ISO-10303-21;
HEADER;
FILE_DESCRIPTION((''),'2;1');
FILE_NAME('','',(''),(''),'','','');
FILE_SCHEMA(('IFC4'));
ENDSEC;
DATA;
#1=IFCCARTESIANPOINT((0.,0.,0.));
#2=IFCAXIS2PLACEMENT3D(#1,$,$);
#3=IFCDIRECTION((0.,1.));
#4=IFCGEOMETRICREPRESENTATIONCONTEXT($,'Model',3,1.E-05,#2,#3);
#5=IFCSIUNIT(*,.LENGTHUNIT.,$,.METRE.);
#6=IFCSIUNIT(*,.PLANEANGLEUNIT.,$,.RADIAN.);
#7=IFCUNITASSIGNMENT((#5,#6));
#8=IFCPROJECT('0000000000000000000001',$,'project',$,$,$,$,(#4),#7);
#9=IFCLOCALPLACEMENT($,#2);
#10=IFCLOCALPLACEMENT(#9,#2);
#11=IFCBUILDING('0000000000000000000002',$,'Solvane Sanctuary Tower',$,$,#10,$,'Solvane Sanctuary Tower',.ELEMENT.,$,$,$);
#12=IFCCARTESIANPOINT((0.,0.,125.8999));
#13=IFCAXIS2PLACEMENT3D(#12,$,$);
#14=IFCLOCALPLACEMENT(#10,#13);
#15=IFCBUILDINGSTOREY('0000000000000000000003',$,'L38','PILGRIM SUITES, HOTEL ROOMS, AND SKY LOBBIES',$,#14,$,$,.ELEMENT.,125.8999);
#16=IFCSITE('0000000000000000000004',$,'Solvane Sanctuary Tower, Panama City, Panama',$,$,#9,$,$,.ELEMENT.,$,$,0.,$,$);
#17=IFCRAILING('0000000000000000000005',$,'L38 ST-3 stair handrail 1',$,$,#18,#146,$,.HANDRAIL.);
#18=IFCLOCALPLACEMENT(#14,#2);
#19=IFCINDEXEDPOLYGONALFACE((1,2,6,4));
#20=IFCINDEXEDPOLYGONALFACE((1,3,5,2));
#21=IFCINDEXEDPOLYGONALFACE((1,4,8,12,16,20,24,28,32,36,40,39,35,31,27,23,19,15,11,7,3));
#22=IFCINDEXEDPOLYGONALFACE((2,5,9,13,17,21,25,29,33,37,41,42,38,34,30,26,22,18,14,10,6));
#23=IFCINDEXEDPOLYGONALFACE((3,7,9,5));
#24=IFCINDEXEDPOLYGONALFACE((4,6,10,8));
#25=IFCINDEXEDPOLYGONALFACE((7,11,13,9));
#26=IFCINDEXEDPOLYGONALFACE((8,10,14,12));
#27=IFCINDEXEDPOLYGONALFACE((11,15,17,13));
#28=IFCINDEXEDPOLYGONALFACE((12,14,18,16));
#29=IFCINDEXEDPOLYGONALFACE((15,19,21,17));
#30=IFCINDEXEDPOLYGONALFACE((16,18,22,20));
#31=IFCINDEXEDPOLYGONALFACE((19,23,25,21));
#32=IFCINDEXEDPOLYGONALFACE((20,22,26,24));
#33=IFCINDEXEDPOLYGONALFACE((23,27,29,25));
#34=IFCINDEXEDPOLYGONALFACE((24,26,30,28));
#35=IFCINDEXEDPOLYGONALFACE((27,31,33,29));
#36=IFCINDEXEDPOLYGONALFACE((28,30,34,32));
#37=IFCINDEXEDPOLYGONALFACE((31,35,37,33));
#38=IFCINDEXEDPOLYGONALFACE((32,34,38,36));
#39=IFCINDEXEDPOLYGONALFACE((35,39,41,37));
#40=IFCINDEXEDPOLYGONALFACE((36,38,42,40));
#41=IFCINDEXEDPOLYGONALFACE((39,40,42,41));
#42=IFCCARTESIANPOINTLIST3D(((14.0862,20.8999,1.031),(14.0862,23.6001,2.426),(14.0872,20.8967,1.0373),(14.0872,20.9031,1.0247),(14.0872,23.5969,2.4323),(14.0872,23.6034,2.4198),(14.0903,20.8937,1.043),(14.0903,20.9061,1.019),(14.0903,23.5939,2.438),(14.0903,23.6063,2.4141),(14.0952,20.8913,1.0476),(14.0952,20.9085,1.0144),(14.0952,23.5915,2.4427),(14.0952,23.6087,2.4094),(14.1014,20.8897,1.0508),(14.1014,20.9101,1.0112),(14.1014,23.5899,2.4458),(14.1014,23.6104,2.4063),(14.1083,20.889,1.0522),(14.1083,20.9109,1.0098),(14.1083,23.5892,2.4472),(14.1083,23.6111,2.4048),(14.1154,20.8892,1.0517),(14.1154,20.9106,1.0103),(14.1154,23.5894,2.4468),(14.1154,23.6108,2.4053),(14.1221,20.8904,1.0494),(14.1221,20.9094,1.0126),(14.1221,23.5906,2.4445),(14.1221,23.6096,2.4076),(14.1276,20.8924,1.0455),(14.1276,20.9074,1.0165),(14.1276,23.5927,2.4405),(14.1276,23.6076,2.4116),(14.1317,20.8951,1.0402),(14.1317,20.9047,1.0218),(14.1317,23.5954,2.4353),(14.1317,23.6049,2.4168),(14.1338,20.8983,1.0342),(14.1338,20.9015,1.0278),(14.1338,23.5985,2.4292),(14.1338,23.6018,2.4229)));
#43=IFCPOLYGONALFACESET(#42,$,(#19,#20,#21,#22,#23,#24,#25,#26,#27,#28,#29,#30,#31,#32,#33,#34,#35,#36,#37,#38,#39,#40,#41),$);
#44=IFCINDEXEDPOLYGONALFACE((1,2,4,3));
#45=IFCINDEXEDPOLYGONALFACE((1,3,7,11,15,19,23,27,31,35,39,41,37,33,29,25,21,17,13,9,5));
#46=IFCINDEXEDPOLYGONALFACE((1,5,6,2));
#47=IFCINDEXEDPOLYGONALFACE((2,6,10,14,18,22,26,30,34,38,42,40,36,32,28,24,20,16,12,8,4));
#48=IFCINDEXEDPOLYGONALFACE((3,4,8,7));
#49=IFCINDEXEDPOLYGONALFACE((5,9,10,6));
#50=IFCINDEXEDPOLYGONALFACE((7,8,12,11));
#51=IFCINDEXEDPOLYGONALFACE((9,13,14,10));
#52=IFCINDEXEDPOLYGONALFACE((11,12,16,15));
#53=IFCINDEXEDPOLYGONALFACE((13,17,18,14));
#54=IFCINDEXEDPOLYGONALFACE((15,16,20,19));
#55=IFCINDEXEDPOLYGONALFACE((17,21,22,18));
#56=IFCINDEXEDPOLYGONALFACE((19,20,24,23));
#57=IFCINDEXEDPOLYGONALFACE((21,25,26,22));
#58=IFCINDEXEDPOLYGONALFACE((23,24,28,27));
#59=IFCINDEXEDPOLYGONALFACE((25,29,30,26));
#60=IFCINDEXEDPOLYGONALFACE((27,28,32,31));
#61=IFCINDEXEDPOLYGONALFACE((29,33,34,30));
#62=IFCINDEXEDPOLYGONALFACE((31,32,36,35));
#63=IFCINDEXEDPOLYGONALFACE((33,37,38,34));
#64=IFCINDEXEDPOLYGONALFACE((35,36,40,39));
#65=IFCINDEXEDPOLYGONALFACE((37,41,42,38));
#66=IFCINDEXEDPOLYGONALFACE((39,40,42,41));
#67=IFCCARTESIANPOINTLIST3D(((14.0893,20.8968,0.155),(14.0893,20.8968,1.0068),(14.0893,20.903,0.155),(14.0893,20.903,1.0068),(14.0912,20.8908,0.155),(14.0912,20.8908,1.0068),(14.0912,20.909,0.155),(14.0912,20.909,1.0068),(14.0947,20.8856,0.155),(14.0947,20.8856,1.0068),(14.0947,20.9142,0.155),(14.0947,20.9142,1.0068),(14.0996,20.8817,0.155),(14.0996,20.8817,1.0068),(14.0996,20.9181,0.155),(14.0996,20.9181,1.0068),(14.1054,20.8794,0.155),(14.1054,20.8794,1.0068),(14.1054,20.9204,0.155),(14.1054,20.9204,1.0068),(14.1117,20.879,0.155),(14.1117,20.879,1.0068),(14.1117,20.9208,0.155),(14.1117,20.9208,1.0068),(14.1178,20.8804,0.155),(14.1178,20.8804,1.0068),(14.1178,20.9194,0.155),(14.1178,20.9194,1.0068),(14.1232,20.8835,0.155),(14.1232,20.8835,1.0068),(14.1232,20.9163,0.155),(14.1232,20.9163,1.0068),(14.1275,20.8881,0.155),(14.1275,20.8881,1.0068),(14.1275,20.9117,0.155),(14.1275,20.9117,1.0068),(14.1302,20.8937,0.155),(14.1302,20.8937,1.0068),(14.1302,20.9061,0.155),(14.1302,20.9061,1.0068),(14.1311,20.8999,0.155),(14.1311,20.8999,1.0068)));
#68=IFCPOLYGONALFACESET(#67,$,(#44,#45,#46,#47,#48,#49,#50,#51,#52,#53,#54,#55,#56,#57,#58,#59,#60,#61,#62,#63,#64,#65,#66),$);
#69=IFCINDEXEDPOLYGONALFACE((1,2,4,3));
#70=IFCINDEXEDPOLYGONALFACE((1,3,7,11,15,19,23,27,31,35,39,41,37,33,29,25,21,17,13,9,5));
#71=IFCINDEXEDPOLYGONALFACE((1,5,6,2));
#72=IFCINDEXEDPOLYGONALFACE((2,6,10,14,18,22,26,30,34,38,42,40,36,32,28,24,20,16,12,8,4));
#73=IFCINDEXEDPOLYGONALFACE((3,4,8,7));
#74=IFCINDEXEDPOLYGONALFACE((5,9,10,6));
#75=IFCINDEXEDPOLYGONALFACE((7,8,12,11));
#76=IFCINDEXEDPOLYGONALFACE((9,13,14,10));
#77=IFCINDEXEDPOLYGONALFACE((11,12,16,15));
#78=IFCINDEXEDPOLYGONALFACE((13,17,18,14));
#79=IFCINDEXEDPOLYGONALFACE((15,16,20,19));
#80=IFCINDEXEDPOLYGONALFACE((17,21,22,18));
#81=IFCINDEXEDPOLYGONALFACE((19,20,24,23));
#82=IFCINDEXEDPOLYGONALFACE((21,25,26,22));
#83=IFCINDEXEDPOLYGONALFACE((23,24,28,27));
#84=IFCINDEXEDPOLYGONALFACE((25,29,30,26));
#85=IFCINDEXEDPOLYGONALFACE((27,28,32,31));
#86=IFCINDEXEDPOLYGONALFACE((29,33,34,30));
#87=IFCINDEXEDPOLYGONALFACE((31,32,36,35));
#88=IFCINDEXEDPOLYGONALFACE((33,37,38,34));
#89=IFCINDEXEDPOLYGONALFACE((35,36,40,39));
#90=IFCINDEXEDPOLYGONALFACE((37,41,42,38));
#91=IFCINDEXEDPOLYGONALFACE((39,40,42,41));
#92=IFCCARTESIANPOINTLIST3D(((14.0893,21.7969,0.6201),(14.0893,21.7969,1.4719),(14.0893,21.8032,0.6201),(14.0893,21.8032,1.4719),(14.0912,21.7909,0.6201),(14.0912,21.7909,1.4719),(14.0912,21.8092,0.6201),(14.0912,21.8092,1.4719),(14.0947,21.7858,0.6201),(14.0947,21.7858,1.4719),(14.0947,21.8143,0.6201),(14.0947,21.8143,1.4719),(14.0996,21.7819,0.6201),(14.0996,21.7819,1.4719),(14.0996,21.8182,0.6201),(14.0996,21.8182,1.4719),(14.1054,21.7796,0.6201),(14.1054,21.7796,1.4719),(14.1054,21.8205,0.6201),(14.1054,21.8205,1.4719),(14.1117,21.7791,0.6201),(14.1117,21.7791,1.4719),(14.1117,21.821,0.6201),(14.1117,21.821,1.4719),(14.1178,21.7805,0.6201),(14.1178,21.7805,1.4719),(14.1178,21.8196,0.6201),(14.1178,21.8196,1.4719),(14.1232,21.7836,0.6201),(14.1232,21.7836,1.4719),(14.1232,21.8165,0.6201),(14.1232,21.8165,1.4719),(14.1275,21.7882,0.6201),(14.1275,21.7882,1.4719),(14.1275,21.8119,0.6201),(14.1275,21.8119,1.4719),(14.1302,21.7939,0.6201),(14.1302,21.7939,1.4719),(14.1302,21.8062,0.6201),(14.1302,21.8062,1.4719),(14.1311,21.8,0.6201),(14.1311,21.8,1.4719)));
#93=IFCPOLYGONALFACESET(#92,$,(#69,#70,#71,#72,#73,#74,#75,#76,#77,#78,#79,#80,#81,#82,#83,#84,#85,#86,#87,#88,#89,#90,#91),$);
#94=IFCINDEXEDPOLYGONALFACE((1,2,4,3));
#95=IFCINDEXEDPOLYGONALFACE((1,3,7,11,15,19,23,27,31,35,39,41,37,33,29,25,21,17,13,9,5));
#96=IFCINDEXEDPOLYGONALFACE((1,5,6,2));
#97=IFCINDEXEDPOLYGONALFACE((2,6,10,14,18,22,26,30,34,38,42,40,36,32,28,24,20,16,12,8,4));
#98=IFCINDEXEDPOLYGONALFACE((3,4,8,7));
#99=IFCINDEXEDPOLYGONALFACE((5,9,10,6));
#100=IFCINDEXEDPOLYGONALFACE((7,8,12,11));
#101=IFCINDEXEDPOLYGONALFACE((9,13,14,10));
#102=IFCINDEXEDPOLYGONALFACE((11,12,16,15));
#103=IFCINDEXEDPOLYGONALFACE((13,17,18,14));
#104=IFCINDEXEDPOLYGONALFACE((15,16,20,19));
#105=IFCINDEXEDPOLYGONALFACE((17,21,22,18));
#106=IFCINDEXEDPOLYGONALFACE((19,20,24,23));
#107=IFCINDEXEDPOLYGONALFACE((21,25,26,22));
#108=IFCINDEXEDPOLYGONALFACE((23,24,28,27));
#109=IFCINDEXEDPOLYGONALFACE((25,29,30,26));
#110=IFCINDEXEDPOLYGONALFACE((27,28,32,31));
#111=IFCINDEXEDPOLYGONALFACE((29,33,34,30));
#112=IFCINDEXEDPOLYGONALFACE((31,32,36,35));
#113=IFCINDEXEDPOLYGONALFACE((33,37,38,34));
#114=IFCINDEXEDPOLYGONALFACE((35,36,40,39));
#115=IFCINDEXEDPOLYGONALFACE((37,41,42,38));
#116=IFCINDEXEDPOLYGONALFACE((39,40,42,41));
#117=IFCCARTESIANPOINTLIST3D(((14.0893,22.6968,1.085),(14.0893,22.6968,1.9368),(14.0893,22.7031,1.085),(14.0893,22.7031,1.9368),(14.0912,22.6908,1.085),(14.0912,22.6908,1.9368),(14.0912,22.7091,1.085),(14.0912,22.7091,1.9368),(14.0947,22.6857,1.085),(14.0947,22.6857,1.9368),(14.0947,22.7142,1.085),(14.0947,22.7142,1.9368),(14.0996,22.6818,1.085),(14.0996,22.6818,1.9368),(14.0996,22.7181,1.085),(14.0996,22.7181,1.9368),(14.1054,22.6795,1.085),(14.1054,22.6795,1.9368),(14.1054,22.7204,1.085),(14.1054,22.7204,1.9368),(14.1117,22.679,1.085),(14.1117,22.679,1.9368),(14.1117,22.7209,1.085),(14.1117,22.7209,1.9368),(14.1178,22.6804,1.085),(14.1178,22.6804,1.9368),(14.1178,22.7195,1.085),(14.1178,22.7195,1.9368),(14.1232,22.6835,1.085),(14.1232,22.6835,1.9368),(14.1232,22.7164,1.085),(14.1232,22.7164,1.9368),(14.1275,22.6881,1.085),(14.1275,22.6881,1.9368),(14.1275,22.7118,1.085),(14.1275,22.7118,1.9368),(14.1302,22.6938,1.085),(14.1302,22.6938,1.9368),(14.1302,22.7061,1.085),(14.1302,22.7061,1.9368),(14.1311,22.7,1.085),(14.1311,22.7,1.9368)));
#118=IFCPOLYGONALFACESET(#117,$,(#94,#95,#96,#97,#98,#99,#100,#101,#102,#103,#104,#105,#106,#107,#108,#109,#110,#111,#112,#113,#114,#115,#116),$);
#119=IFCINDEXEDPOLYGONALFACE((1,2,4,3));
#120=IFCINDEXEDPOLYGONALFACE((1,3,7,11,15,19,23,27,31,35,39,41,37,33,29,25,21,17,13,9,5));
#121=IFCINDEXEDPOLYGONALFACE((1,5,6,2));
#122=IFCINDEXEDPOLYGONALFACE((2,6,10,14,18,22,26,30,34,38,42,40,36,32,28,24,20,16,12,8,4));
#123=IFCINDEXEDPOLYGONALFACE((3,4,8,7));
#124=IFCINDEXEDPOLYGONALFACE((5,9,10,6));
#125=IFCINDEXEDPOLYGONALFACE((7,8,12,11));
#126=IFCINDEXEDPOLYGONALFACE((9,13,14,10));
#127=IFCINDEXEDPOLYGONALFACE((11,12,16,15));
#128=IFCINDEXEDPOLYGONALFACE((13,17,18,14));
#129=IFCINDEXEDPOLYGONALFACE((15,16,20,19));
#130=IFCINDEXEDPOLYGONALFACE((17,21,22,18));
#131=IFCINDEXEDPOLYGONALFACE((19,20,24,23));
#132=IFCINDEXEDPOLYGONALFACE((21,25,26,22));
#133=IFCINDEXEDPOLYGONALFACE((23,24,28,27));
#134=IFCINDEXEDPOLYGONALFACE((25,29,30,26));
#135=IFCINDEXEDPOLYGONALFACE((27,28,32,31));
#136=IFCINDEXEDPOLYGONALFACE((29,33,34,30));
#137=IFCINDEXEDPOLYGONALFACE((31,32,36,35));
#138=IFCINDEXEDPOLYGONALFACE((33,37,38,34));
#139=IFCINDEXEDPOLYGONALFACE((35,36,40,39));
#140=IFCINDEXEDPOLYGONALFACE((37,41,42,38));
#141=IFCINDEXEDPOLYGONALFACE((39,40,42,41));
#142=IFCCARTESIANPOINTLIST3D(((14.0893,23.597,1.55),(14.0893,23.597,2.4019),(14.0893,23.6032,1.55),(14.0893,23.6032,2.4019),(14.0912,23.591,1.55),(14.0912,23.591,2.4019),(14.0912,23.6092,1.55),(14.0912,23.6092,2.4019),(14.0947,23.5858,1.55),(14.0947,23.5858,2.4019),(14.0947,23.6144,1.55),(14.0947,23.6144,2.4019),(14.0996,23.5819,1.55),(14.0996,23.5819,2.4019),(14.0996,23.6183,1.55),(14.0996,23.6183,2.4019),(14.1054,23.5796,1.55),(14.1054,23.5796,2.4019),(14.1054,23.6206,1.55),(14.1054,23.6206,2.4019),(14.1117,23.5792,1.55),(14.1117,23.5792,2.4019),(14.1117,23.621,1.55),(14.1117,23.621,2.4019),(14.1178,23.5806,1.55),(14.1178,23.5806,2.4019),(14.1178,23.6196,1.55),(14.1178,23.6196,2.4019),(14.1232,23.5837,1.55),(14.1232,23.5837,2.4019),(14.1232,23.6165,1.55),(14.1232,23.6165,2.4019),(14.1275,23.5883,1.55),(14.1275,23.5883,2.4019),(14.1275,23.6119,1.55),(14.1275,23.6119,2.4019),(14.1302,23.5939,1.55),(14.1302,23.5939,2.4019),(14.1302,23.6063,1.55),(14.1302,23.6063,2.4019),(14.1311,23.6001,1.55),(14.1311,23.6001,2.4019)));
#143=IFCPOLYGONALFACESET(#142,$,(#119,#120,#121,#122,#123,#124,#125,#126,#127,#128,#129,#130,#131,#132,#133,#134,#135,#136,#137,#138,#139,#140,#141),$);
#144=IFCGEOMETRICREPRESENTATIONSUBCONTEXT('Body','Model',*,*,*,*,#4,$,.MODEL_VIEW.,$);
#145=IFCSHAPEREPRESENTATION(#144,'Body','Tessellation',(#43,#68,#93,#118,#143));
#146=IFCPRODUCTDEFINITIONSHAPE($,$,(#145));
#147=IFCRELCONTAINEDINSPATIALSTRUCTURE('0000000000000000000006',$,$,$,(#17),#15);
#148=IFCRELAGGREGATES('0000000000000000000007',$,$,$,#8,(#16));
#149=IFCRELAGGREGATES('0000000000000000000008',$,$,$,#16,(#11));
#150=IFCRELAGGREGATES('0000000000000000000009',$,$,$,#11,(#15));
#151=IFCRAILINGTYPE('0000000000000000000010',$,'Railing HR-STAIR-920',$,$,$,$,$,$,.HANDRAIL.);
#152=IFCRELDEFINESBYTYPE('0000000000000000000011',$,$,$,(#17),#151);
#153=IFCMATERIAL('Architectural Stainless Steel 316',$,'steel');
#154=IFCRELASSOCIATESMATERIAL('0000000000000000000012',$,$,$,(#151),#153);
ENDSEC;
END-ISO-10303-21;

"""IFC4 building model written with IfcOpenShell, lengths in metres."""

from ifc_helpers import new_model, si_unit, direction, frame, origin, origin_2d, place, context, subcontext, project, spatial, circle, extrude, material, type_object, element, save


model = new_model("IFC4")

# Units and contexts
model_context = context("Model", 3, precision=1e-05, world=origin(), true_north=direction((0.0, 1.0)))
body_context = subcontext(model_context, "Body", "Model", "MODEL_VIEW")
ifc_project = project(units=[si_unit("LENGTHUNIT", "METRE"), si_unit("PLANEANGLEUNIT", "RADIAN")], contexts=[model_context])

# Site, building, storey
site_placement = place(None, origin())
site = spatial("IfcSite", under=ifc_project, at=site_placement, Name="Solvane Sanctuary Tower, Panama City, Panama", CompositionType="ELEMENT", RefElevation=0.0)
building_placement = place(site_placement, origin())
building = spatial("IfcBuilding", under=site, at=building_placement, Name="Solvane Sanctuary Tower", LongName="Solvane Sanctuary Tower", CompositionType="ELEMENT")
storey_placement = place(building_placement, frame((0.0, 0.0, 125.8999)))
storey = spatial("IfcBuildingStorey", under=building, at=storey_placement, Name="L38", Description="PILGRIM SUITES, HOTEL ROOMS, AND SKY LOBBIES", CompositionType="ELEMENT", Elevation=125.8999)

# Shared definitions
ifc_material_1 = material(Name="Architectural Stainless Steel 316", Category="steel")

# Railing
railing_type_1 = type_object("IfcRailingType", Name="Railing HR-STAIR-920", PredefinedType="HANDRAIL", material=ifc_material_1)
railing_1_placement = place(storey_placement, frame((14.1101, 20.8999, 0.155)))
element("IfcRailing", 1, at=railing_1_placement, inside=storey, type_object=railing_type_1, Name="L38 ST-3 stair handrail 1", PredefinedType="HANDRAIL", context=body_context, shape_type="SweptSolid", body=[
    extrude(circle(Radius=0.0239, at=origin_2d()), frame((0.0, 0.0, 0.876), z_axis=(0.0, 0.888437, 0.458999), x_axis=(-1.0, 0.0, 0.0)), (0.0, 0.0, 1.0), 3.0393),
    extrude(circle(Radius=0.021, at=origin_2d()), origin(), (0.0, 0.0, 1.0), 0.8518),
    extrude(circle(Radius=0.021, at=origin_2d()), frame((0.0, 0.9001, 0.4651)), (0.0, 0.0, 1.0), 0.8518),
    extrude(circle(Radius=0.021, at=origin_2d()), frame((0.0, 1.8, 0.9299)), (0.0, 0.0, 1.0), 0.8518),
    extrude(circle(Radius=0.021, at=origin_2d()), frame((0.0, 2.7002, 1.395)), (0.0, 0.0, 1.0), 0.8518),
])

save(model, "model.ifc")
